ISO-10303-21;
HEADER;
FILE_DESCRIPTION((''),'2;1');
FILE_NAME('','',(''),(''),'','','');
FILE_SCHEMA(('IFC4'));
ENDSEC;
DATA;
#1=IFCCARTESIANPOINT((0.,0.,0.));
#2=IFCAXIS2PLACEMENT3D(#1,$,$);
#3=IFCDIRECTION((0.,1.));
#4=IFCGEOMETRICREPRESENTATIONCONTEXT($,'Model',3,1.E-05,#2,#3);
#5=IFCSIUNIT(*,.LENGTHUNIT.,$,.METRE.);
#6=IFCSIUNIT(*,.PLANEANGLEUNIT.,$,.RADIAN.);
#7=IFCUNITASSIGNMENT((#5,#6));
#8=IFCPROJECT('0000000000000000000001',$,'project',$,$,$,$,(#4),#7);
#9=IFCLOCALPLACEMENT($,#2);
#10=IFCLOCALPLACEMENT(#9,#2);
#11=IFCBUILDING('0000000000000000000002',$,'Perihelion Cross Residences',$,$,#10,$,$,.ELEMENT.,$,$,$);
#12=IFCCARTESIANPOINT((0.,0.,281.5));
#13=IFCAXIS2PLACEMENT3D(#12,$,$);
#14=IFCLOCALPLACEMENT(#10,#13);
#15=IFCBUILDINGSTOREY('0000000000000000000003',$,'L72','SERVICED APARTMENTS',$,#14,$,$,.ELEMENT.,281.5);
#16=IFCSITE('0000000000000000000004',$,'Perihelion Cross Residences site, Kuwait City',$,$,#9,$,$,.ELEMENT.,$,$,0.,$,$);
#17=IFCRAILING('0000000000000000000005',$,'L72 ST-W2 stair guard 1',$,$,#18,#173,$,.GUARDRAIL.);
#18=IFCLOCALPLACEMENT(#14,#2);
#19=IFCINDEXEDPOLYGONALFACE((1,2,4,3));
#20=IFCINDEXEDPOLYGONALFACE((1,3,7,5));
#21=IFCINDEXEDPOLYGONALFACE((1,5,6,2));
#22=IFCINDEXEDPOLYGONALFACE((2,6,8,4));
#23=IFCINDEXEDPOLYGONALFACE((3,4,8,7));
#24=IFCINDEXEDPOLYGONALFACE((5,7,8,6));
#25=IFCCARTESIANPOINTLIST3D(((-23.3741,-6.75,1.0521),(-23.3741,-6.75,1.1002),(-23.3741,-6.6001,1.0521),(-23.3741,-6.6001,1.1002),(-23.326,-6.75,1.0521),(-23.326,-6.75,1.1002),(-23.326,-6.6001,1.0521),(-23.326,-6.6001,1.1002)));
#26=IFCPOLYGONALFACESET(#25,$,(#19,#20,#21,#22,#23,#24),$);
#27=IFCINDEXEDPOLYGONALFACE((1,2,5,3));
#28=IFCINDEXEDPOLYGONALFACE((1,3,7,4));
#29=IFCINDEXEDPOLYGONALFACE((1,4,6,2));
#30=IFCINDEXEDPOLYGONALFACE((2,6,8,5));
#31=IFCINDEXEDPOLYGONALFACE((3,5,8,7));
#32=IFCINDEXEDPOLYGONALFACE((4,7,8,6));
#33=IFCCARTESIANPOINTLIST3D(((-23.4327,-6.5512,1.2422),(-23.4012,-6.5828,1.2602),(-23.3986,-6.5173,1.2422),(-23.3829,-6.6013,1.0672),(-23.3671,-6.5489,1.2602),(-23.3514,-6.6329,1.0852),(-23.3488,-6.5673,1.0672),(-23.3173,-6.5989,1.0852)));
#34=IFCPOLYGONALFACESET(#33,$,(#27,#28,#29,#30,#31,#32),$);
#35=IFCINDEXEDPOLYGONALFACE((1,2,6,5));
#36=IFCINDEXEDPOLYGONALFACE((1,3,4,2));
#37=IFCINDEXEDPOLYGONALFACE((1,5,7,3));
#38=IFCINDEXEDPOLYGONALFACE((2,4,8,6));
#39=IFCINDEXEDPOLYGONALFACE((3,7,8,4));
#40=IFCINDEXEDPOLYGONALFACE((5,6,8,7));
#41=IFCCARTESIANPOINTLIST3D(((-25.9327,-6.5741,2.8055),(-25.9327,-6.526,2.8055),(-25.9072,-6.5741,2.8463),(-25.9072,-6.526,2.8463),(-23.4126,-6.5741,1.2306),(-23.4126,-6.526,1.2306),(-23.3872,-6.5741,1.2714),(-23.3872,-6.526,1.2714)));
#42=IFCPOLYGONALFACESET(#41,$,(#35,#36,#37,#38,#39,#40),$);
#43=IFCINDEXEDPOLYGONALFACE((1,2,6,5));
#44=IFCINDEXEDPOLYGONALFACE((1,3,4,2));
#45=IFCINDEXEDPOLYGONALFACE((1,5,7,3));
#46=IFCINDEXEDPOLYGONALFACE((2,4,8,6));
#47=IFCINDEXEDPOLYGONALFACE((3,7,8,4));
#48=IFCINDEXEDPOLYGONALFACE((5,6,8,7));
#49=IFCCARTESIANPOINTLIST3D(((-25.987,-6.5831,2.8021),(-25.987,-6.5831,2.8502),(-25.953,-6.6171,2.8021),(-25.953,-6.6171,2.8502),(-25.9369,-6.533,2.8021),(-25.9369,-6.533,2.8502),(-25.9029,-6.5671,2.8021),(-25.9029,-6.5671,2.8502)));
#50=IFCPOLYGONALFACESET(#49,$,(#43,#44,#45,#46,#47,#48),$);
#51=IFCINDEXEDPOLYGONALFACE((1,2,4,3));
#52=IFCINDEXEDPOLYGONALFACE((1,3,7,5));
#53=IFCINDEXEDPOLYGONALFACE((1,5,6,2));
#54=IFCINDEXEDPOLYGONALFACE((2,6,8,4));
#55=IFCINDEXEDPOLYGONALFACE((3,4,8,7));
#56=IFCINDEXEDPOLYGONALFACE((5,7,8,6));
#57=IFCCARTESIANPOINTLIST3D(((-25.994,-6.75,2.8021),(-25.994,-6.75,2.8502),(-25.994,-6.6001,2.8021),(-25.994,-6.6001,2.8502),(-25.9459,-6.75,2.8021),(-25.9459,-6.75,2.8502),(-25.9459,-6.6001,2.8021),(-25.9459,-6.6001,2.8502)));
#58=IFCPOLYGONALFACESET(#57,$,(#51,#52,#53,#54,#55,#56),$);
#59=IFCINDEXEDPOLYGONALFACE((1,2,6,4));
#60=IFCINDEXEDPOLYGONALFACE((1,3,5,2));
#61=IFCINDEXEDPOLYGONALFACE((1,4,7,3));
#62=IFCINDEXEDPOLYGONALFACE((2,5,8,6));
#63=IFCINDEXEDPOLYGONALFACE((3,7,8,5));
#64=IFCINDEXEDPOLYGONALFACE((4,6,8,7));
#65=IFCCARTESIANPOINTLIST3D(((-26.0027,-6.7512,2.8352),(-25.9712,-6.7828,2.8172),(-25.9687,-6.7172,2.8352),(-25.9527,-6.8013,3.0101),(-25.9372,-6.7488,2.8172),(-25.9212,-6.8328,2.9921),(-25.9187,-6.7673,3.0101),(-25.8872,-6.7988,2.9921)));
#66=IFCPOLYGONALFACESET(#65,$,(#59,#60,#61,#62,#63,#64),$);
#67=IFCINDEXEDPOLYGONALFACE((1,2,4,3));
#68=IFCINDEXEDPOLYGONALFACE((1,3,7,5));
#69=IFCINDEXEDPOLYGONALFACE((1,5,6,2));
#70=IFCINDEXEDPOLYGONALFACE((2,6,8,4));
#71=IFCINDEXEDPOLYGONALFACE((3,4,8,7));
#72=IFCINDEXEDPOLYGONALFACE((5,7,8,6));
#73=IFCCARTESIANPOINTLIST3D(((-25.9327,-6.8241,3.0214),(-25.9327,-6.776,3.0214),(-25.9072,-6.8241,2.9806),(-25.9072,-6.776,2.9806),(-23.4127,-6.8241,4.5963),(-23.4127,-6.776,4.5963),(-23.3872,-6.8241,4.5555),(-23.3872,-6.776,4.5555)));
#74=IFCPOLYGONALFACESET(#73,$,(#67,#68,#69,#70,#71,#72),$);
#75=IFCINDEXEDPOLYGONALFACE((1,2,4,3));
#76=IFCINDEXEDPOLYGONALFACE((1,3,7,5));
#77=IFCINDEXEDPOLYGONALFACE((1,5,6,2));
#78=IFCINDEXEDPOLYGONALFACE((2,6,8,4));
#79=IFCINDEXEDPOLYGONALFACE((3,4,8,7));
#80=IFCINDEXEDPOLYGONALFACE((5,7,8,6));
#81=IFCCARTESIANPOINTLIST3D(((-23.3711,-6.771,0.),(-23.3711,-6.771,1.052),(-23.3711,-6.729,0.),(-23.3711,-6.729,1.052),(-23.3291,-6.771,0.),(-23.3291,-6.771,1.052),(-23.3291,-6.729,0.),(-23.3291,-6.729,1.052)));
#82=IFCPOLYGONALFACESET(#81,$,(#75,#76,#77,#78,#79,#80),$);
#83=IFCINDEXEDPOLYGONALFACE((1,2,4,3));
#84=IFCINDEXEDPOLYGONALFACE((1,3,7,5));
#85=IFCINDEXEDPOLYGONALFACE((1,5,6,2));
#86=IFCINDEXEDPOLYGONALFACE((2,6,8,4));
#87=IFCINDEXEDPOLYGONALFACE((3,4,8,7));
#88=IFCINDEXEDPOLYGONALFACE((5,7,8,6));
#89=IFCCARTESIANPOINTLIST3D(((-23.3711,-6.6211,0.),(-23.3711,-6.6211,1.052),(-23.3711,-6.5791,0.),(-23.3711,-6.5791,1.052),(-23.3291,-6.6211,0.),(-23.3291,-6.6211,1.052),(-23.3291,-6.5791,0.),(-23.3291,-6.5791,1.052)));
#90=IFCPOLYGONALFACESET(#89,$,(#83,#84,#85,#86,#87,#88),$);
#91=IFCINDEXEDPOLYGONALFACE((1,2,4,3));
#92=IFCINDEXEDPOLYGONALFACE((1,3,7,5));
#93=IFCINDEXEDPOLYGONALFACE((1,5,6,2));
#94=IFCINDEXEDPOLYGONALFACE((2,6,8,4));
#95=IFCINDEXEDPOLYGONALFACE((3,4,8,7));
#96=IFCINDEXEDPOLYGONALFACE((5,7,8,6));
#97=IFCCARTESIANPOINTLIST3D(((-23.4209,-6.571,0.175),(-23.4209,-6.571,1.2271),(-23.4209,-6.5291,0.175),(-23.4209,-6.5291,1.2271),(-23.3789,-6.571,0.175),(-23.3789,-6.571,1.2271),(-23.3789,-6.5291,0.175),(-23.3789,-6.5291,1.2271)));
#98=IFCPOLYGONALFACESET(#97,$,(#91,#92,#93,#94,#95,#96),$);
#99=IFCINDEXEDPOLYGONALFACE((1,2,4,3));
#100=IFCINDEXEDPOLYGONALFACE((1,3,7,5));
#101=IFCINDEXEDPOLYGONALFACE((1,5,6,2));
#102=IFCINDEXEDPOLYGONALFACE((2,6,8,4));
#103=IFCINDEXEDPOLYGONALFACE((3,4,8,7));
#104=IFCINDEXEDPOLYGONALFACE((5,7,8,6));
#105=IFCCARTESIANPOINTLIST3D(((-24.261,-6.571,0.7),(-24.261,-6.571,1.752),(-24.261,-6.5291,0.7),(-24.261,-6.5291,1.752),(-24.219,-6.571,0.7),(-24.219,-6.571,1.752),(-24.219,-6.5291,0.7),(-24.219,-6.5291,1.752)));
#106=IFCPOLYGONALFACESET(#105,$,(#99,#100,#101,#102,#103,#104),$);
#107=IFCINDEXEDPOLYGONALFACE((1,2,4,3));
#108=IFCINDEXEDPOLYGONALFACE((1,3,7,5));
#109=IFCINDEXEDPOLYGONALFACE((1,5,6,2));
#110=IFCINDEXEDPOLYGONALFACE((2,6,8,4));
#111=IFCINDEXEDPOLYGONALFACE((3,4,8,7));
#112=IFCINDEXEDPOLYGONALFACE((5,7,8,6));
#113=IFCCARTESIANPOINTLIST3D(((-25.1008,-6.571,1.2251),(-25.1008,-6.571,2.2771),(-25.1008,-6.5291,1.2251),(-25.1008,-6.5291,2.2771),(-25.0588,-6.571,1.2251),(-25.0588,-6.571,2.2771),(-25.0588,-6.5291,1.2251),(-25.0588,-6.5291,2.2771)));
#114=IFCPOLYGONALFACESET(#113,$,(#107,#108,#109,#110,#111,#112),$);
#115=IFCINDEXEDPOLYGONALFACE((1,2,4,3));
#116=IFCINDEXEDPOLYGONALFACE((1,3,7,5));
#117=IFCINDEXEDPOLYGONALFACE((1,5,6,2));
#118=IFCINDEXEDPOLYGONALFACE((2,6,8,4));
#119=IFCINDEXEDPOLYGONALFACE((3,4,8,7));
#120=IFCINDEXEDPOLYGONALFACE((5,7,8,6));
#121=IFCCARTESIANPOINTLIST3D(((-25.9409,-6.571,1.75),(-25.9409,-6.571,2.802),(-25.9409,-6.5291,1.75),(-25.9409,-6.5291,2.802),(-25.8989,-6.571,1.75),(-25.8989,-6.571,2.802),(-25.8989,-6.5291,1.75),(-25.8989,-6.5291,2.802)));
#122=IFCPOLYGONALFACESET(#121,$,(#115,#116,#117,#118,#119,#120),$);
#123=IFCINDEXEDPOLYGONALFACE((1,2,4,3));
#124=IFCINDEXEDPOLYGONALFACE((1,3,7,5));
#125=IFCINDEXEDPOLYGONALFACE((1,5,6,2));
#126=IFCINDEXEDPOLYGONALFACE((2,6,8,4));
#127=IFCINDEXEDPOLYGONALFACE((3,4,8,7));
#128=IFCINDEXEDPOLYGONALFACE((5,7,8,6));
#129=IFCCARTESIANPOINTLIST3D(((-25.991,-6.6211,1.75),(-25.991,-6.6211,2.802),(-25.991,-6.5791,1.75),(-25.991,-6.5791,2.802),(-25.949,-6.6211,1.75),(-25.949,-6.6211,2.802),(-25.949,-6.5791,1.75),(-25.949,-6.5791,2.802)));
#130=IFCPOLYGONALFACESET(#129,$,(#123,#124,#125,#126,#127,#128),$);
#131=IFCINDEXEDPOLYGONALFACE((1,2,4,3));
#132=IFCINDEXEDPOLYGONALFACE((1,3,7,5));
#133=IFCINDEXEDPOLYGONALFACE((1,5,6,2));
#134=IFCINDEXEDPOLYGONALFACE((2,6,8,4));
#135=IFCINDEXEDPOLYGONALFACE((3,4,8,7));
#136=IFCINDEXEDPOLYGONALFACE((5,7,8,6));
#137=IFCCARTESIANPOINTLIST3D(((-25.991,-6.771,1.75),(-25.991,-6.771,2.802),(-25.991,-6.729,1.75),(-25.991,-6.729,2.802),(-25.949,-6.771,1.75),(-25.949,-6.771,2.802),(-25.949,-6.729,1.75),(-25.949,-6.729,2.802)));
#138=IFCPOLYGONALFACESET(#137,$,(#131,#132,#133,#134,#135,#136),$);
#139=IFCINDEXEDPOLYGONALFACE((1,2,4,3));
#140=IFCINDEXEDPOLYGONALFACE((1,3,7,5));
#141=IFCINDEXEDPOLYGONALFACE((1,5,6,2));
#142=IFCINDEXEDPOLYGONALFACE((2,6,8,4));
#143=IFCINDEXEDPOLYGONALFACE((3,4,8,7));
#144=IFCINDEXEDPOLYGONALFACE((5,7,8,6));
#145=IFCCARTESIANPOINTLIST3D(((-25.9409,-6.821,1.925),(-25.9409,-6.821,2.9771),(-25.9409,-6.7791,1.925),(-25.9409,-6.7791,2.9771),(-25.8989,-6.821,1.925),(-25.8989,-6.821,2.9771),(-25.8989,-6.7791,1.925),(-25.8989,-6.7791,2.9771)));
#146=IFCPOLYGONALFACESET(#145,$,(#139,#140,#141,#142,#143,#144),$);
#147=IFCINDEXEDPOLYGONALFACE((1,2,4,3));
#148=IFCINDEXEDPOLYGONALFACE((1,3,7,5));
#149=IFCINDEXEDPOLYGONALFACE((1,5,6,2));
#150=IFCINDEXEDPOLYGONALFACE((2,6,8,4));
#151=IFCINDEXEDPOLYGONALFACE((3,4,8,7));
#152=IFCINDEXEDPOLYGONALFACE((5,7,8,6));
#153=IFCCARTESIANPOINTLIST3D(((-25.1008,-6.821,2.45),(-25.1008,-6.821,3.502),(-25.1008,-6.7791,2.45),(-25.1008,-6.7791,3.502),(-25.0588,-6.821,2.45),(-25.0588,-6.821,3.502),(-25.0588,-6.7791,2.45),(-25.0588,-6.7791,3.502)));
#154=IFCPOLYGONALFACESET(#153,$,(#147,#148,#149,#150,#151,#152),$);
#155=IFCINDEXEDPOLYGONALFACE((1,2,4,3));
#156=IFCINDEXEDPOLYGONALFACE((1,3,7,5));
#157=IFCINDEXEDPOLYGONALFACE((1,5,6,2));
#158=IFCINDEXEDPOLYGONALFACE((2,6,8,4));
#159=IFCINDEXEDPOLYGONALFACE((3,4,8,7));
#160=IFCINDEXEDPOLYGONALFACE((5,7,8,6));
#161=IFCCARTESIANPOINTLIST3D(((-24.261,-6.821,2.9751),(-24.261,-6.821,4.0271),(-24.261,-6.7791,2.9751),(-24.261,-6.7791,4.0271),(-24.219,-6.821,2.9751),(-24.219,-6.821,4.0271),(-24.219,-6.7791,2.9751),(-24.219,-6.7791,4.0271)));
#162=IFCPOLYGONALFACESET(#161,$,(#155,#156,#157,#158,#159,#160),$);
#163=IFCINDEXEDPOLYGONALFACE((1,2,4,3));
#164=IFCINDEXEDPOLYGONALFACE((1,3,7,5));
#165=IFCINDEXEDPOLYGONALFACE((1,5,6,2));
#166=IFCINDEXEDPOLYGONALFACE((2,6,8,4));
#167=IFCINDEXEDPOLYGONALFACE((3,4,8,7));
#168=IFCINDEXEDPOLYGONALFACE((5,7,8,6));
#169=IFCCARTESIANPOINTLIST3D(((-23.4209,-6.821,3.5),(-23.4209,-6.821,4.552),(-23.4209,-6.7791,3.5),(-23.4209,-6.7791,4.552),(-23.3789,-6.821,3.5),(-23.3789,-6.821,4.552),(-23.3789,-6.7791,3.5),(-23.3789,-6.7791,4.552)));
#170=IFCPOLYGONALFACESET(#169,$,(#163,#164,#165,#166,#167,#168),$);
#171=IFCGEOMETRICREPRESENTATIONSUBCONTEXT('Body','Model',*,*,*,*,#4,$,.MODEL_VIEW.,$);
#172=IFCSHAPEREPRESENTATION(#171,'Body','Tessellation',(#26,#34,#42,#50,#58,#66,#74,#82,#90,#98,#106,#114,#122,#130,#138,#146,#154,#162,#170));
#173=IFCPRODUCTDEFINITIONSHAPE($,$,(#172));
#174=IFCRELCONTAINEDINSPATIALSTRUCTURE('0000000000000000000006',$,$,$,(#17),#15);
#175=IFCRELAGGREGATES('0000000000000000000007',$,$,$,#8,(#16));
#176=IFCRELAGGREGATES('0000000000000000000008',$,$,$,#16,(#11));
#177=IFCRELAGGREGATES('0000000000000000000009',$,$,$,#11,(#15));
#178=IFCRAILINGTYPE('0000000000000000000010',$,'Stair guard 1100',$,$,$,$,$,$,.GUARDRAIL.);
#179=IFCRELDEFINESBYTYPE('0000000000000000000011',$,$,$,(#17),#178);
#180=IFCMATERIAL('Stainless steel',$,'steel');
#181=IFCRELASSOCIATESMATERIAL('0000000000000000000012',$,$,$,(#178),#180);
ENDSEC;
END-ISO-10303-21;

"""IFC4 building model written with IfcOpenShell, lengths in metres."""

from ifc_helpers import new_model, si_unit, direction, frame, origin, origin_2d, place, context, subcontext, project, spatial, rectangle, extrude, material, type_object, element, save


model = new_model("IFC4")

# Units and contexts
model_context = context("Model", 3, precision=1e-05, world=origin(), true_north=direction((0.0, 1.0)))
body_context = subcontext(model_context, "Body", "Model", "MODEL_VIEW")
ifc_project = project(units=[si_unit("LENGTHUNIT", "METRE"), si_unit("PLANEANGLEUNIT", "RADIAN")], contexts=[model_context])

# Site, building, storey
site_placement = place(None, origin())
site = spatial("IfcSite", under=ifc_project, at=site_placement, Name="Perihelion Cross Residences site, Kuwait City", CompositionType="ELEMENT", RefElevation=0.0)
building_placement = place(site_placement, origin())
building = spatial("IfcBuilding", under=site, at=building_placement, Name="Perihelion Cross Residences", CompositionType="ELEMENT")
storey_placement = place(building_placement, frame((0.0, 0.0, 281.5)))
storey = spatial("IfcBuildingStorey", under=building, at=storey_placement, Name="L72", Description="SERVICED APARTMENTS", CompositionType="ELEMENT", Elevation=281.5)

# Railing
ifc_material_1 = material(Name="Stainless steel", Category="steel")
railing_type_1 = type_object("IfcRailingType", Name="Stair guard 1100", PredefinedType="GUARDRAIL", material=ifc_material_1)
railing_1_placement = place(storey_placement, frame((-23.3501, -6.75, 0.0)))
element("IfcRailing", 1, at=railing_1_placement, inside=storey, type_object=railing_type_1, Name="L72 ST-W2 stair guard 1", PredefinedType="GUARDRAIL", context=body_context, shape_type="SweptSolid", body=[
    extrude(rectangle(XDim=0.0481, YDim=0.0481, at=origin_2d()), frame((0.0, 0.0, 1.0762), z_axis=(0.0, 1.0, 0.0), x_axis=(-1.0, 0.0, 0.0)), (0.0, 0.0, 1.0), 0.1499),
    extrude(rectangle(XDim=0.0481, YDim=0.0481, at=origin_2d()), frame((0.0, 0.1499, 1.0762), z_axis=(-0.263862, 0.265156, 0.927399), x_axis=(-0.708834, -0.705376, 0.0)), (0.0, 0.0, 1.0), 0.1887),
    extrude(rectangle(XDim=0.0481, YDim=0.0481, at=origin_2d()), frame((-0.0498, 0.2, 1.251), z_axis=(-0.848008, 0.0, 0.529984), x_axis=(0.0, -1.0, 0.0)), (0.0, 0.0, 1.0), 2.9717),
    extrude(rectangle(XDim=0.0481, YDim=0.0481, at=origin_2d()), frame((-2.5698, 0.2, 2.8262), z_axis=(-0.707107, -0.707107, 0.0), x_axis=(0.707107, -0.707107, 0.0)), (0.0, 0.0, 1.0), 0.0708),
    extrude(rectangle(XDim=0.0481, YDim=0.0481, at=origin_2d()), frame((-2.6199, 0.1499, 2.8262), z_axis=(0.0, -1.0, 0.0), x_axis=(1.0, 0.0, 0.0)), (0.0, 0.0, 1.0), 0.1499),
    extrude(rectangle(XDim=0.0481, YDim=0.0481, at=origin_2d()), frame((-2.6199, 0.0, 2.8262), z_axis=(0.265065, -0.265065, 0.927082), x_axis=(0.707107, 0.707107, 0.0)), (0.0, 0.0, 1.0), 0.1887),
    extrude(rectangle(XDim=0.0481, YDim=0.0481, at=origin_2d()), frame((-2.5698, -0.05, 3.001), z_axis=(0.848008, 0.0, 0.529984), x_axis=(0.0, 1.0, 0.0)), (0.0, 0.0, 1.0), 2.9717),
    extrude(rectangle(XDim=0.042, YDim=0.042, at=origin_2d()), origin(), (0.0, 0.0, 1.0), 1.052),
    extrude(rectangle(XDim=0.042, YDim=0.042, at=origin_2d()), frame((0.0, 0.1499, 0.0)), (0.0, 0.0, 1.0), 1.052),
    extrude(rectangle(XDim=0.042, YDim=0.042, at=origin_2d()), frame((-0.0498, 0.2, 0.175)), (0.0, 0.0, 1.0), 1.052),
    extrude(rectangle(XDim=0.042, YDim=0.042, at=origin_2d()), frame((-0.8899, 0.2, 0.7)), (0.0, 0.0, 1.0), 1.052),
    extrude(rectangle(XDim=0.042, YDim=0.042, at=origin_2d()), frame((-1.7297, 0.2, 1.2251)), (0.0, 0.0, 1.0), 1.052),
    extrude(rectangle(XDim=0.042, YDim=0.042, at=origin_2d()), frame((-2.5698, 0.2, 1.75)), (0.0, 0.0, 1.0), 1.052),
    extrude(rectangle(XDim=0.042, YDim=0.042, at=origin_2d()), frame((-2.6199, 0.1499, 1.75)), (0.0, 0.0, 1.0), 1.052),
    extrude(rectangle(XDim=0.042, YDim=0.042, at=origin_2d()), frame((-2.6199, 0.0, 1.75)), (0.0, 0.0, 1.0), 1.052),
    extrude(rectangle(XDim=0.042, YDim=0.042, at=origin_2d()), frame((-2.5698, -0.05, 1.925)), (0.0, 0.0, 1.0), 1.052),
    extrude(rectangle(XDim=0.042, YDim=0.042, at=origin_2d()), frame((-1.7297, -0.05, 2.45)), (0.0, 0.0, 1.0), 1.052),
    extrude(rectangle(XDim=0.042, YDim=0.042, at=origin_2d()), frame((-0.8899, -0.05, 2.9751)), (0.0, 0.0, 1.0), 1.052),
    extrude(rectangle(XDim=0.042, YDim=0.042, at=origin_2d()), frame((-0.0498, -0.05, 3.5)), (0.0, 0.0, 1.0), 1.052),
])

save(model, "model.ifc")
